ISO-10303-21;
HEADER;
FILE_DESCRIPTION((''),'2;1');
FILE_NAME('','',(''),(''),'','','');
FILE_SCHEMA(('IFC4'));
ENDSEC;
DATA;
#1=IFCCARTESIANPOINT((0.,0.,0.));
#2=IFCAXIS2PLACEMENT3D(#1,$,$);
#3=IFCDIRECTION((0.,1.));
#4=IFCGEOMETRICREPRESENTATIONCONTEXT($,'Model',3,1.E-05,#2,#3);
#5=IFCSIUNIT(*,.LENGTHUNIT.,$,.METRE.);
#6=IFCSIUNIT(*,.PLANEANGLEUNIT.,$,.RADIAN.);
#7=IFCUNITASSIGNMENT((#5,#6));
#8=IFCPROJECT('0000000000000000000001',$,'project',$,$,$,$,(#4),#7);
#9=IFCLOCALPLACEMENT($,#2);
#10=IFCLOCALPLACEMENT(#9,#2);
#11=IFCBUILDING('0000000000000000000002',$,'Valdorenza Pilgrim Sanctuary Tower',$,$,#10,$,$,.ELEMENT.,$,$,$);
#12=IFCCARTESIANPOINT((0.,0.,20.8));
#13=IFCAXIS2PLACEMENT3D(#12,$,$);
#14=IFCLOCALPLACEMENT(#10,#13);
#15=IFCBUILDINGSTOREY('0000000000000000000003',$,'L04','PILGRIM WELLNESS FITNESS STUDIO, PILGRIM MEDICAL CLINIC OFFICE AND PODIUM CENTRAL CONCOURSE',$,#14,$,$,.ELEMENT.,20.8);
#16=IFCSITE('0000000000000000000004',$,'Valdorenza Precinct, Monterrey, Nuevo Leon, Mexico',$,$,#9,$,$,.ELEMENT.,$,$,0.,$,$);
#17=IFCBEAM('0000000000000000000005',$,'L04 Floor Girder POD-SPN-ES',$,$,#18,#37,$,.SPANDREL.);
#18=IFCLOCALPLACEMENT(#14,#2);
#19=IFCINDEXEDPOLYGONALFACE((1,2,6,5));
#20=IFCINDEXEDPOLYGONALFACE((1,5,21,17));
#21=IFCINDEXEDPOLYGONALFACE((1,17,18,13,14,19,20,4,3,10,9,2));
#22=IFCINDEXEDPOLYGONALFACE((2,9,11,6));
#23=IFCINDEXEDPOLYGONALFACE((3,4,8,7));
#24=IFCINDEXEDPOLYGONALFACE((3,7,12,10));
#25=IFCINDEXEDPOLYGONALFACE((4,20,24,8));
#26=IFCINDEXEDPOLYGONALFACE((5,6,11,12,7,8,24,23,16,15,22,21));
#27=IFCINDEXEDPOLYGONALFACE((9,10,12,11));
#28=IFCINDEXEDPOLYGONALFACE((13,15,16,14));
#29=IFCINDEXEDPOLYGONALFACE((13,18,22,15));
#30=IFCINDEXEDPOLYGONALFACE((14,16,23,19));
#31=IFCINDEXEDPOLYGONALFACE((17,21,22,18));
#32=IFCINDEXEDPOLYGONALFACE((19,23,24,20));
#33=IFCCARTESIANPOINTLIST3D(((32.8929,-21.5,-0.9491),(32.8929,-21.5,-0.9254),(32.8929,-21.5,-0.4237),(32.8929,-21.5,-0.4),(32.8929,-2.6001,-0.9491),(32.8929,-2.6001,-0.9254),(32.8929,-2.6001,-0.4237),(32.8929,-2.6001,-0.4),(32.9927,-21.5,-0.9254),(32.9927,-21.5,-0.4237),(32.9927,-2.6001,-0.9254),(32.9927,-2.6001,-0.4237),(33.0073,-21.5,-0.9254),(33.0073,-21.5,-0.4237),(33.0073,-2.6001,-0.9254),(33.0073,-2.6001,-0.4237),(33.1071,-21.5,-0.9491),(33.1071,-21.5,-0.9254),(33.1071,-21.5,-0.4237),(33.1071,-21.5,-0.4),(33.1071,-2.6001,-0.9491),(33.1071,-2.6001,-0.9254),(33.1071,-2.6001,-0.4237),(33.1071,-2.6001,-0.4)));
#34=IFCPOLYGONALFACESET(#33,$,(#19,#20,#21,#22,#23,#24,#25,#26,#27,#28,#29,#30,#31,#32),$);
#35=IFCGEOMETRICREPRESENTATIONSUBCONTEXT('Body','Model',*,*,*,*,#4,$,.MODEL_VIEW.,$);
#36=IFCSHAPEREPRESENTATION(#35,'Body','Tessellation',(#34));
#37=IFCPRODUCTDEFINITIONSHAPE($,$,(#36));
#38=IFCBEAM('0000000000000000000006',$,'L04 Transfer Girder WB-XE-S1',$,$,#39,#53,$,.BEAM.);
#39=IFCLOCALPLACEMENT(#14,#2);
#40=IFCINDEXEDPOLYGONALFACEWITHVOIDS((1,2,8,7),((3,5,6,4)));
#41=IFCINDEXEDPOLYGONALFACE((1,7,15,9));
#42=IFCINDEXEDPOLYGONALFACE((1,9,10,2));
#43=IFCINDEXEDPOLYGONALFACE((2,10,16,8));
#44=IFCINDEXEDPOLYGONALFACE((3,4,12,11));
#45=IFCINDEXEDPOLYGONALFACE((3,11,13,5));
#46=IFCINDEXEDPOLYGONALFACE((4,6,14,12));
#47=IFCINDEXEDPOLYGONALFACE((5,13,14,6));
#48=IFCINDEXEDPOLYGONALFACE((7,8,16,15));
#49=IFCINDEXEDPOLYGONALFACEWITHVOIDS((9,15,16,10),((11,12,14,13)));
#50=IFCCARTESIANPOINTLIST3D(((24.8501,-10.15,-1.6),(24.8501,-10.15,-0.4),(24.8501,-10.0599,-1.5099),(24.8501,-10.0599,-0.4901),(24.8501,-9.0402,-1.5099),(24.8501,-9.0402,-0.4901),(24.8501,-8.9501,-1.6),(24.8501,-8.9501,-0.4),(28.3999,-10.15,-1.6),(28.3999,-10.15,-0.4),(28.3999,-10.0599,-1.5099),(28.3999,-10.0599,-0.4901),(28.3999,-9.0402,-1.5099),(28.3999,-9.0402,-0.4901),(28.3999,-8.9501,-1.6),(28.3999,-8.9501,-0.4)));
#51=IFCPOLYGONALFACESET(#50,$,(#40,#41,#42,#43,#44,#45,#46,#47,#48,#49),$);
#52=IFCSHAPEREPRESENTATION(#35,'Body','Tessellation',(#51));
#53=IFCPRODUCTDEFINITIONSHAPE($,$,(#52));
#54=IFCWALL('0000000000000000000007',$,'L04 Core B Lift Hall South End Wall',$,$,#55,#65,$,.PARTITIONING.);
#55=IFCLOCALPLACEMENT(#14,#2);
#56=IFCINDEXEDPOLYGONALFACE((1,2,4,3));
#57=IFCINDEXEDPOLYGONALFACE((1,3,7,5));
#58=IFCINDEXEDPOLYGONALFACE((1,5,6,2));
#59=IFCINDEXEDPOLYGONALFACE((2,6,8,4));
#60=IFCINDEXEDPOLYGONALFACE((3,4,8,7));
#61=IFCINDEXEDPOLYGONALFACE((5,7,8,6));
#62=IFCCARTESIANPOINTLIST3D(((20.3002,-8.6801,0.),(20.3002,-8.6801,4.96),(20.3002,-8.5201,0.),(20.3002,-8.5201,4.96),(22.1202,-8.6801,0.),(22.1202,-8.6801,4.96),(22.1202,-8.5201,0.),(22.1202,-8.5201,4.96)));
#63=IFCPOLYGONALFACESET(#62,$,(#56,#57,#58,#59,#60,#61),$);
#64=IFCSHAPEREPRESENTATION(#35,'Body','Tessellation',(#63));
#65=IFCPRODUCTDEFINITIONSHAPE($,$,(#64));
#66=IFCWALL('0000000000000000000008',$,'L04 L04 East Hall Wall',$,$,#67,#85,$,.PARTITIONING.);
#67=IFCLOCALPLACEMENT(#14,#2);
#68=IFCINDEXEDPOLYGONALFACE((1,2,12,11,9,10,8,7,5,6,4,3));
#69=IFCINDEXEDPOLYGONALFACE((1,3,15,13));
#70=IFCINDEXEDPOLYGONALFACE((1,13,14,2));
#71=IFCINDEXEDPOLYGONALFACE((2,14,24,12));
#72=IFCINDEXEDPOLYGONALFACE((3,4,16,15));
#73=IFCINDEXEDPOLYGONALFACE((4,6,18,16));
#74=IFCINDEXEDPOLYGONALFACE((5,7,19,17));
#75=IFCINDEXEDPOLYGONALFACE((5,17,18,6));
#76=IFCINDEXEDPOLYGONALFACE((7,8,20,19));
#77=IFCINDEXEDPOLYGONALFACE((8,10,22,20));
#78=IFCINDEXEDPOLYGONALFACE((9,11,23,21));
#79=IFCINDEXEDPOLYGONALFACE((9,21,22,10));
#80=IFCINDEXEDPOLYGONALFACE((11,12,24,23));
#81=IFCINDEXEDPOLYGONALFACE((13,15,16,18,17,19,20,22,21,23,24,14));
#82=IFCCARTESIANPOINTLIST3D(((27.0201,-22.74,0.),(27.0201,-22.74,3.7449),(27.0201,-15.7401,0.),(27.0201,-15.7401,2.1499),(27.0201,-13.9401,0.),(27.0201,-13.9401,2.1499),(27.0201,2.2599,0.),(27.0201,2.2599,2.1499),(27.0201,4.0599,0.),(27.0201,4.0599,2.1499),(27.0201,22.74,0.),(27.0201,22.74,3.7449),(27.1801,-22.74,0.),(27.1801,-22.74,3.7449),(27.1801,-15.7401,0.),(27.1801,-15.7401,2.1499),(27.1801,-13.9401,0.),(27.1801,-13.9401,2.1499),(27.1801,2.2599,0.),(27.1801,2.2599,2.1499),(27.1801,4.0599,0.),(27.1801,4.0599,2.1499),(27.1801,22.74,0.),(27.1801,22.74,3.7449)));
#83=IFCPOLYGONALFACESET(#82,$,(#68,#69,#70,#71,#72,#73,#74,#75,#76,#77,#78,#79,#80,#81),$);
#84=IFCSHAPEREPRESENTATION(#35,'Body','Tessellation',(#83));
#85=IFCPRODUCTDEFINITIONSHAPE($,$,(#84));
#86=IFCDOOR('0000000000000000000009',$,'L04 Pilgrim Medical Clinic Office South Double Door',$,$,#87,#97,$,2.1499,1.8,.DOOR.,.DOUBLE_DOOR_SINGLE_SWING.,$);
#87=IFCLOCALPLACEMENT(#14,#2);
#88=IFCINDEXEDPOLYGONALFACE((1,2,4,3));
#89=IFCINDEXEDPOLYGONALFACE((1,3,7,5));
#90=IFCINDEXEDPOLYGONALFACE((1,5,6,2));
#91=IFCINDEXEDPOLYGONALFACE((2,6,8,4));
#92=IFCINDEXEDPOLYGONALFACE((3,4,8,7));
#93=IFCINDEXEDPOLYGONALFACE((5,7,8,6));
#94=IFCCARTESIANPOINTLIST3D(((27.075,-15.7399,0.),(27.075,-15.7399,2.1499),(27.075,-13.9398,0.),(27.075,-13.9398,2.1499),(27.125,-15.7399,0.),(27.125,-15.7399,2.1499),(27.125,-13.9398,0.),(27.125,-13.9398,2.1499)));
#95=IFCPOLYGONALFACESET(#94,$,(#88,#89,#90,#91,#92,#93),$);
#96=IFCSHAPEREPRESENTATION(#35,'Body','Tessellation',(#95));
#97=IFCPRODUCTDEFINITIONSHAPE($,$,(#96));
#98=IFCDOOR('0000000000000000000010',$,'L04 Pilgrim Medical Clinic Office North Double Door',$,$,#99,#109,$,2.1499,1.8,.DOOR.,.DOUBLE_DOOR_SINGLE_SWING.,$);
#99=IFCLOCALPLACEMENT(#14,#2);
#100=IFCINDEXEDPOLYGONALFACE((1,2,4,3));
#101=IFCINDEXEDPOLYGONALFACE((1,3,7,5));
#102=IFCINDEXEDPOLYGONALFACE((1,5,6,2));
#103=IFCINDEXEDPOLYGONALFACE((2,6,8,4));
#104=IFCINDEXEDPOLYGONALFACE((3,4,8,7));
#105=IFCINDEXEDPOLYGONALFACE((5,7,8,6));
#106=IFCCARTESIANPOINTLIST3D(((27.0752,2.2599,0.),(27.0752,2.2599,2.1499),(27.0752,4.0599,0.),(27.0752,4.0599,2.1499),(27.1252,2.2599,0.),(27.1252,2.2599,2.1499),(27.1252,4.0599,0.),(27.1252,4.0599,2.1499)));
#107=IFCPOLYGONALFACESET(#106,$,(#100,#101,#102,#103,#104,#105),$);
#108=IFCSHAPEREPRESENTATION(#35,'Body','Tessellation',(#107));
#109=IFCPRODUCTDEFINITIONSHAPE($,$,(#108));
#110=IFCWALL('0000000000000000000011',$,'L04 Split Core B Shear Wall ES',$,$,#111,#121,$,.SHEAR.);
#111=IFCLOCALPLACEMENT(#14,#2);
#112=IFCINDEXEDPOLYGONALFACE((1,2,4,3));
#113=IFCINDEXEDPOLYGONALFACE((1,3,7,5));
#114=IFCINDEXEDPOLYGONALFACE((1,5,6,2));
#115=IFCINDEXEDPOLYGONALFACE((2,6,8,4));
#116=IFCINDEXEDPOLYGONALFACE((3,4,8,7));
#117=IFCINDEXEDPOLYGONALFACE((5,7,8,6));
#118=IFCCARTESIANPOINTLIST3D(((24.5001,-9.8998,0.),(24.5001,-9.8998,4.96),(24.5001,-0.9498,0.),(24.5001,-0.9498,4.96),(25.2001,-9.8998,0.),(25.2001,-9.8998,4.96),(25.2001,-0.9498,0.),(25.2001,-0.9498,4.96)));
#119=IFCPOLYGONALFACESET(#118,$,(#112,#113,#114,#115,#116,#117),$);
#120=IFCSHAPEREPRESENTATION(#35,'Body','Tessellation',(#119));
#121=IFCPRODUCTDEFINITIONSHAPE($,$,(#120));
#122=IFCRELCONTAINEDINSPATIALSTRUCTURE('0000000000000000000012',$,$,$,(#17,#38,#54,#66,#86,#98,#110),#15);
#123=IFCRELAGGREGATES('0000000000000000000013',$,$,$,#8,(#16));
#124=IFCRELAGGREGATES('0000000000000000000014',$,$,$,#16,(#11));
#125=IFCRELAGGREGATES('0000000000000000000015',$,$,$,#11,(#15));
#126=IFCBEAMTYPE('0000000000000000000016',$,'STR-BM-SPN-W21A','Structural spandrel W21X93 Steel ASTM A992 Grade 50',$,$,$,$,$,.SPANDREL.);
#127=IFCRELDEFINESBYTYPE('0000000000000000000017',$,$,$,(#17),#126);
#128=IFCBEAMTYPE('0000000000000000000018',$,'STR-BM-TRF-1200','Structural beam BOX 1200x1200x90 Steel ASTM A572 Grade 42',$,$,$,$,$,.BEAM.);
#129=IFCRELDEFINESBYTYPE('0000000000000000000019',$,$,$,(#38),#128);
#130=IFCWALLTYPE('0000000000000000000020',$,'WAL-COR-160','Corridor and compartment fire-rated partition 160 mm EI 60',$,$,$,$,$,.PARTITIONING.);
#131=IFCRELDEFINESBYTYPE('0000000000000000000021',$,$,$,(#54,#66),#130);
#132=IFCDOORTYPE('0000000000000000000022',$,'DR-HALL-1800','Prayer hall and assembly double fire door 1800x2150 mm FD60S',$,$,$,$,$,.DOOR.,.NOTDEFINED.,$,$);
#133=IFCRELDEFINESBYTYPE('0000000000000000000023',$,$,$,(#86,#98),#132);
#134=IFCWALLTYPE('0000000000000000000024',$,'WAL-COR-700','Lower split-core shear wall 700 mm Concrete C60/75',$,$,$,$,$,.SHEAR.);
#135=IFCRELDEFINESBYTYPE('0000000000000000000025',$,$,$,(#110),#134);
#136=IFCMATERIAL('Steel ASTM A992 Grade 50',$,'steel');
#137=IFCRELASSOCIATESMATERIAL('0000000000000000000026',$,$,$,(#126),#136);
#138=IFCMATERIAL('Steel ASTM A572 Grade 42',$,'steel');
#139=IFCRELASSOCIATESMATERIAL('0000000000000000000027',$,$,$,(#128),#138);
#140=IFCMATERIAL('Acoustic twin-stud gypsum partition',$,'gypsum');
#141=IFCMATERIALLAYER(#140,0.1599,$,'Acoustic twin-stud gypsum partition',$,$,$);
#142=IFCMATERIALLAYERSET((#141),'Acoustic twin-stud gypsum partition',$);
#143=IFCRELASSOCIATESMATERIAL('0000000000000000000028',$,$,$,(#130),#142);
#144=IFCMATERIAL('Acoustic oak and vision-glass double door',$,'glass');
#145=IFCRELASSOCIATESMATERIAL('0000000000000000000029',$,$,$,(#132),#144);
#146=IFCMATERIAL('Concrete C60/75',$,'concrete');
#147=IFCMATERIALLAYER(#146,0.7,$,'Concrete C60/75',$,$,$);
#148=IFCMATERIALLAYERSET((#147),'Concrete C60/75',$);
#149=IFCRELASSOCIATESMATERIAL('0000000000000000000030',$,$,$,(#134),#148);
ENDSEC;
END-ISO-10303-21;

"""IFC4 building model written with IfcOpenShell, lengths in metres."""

from ifc_helpers import new_model, si_unit, direction, frame, frame_2d, origin, origin_2d, place, context, subcontext, project, spatial, rectangle, hollow_rectangle, i_section, extrude, source, transform, mapped, material, layer, layer_set, material_profile, profile_set, type_object, element, fill, save


model = new_model("IFC4")

# Units and contexts
model_context = context("Model", 3, precision=1e-05, world=origin(), true_north=direction((0.0, 1.0)))
body_context = subcontext(model_context, "Body", "Model", "MODEL_VIEW")
ifc_project = project(units=[si_unit("LENGTHUNIT", "METRE"), si_unit("PLANEANGLEUNIT", "RADIAN")], contexts=[model_context])

# Site, building, storey
site_placement = place(None, origin())
site = spatial("IfcSite", under=ifc_project, at=site_placement, Name="Valdorenza Precinct, Monterrey, Nuevo Leon, Mexico", CompositionType="ELEMENT", RefElevation=0.0)
building_placement = place(site_placement, origin())
building = spatial("IfcBuilding", under=site, at=building_placement, Name="Valdorenza Pilgrim Sanctuary Tower", CompositionType="ELEMENT")
storey_placement = place(building_placement, frame((0.0, 0.0, 20.8)))
storey = spatial("IfcBuildingStorey", under=building, at=storey_placement, Name="L04", Description="PILGRIM WELLNESS FITNESS STUDIO, PILGRIM MEDICAL CLINIC OFFICE AND PODIUM CENTRAL CONCOURSE", CompositionType="ELEMENT", Elevation=20.8)

# Shared definitions
ifc_material_1 = material(Name="Concrete C60/75", Category="concrete")

# Beams
ifc_material_2 = material(Name="Steel ASTM A992 Grade 50", Category="steel")
ifc_material_profile_1 = material_profile(ifc_material_2, i_section(OverallWidth=0.2141, OverallDepth=0.5491, WebThickness=0.0146, FlangeThickness=0.0237, at=origin_2d()), Name="W21X93")
ifc_profile_set_1 = profile_set([ifc_material_profile_1], Name="Steel ASTM A992 Grade 50")
beam_type_1 = type_object("IfcBeamType", Name="STR-BM-SPN-W21A", Description="Structural spandrel W21X93 Steel ASTM A992 Grade 50", PredefinedType="SPANDREL", material=ifc_profile_set_1)
shared_shape_1 = source(origin(), body_context, "Body", "SweptSolid", [
    extrude(i_section(OverallWidth=0.2141, OverallDepth=0.5491, WebThickness=0.0146, FlangeThickness=0.0237, at=origin_2d()), origin(), (0.0, 0.0, 1.0), 18.8999),
])
beam_1_placement = place(storey_placement, frame((33.0, -21.5, -0.6746), z_axis=(0.0, 1.0, 0.0), x_axis=(-1.0, 0.0, 0.0)))
element("IfcBeam", 1, at=beam_1_placement, inside=storey, type_object=beam_type_1, Name="L04 Floor Girder POD-SPN-ES", PredefinedType="SPANDREL", context=body_context, shape_type="MappedRepresentation", body=[
    mapped(shared_shape_1, transform((0.0, 0.0, 0.0), x_axis=(1.0, 0.0, 0.0), y_axis=(0.0, 1.0, 0.0), z_axis=(0.0, 0.0, 1.0), scale=1.0)),
])
ifc_material_3 = material(Name="Steel ASTM A572 Grade 42", Category="steel")
ifc_material_profile_2 = material_profile(ifc_material_3, hollow_rectangle(XDim=1.2, YDim=1.2, WallThickness=0.0901, at=origin_2d()), Name="BOX 1200x1200x90")
ifc_profile_set_2 = profile_set([ifc_material_profile_2], Name="Steel ASTM A572 Grade 42")
beam_type_2 = type_object("IfcBeamType", Name="STR-BM-TRF-1200", Description="Structural beam BOX 1200x1200x90 Steel ASTM A572 Grade 42", PredefinedType="BEAM", material=ifc_profile_set_2)
shared_shape_2 = source(origin(), body_context, "Body", "SweptSolid", [
    extrude(hollow_rectangle(XDim=1.2, YDim=1.2, WallThickness=0.0901, at=origin_2d()), origin(), (0.0, 0.0, 1.0), 3.5498),
])
beam_2_placement = place(storey_placement, frame((24.8501, -9.55, -1.0), z_axis=(1.0, 0.0, 0.0), x_axis=(0.0, 1.0, 0.0)))
element("IfcBeam", 2, at=beam_2_placement, inside=storey, type_object=beam_type_2, Name="L04 Transfer Girder WB-XE-S1", PredefinedType="BEAM", context=body_context, shape_type="MappedRepresentation", body=[
    mapped(shared_shape_2, transform((0.0, 0.0, 0.0), x_axis=(1.0, 0.0, 0.0), y_axis=(0.0, 1.0, 0.0), z_axis=(0.0, 0.0, 1.0), scale=1.0)),
])

# Wall
ifc_material_4 = material(Name="Acoustic twin-stud gypsum partition", Category="gypsum")
ifc_layer_1 = layer(ifc_material_4, 0.1599, Name="Acoustic twin-stud gypsum partition")
ifc_layer_set_1 = layer_set([ifc_layer_1], Name="Acoustic twin-stud gypsum partition")
wall_type_1 = type_object("IfcWallType", Name="WAL-COR-160", Description="Corridor and compartment fire-rated partition 160 mm EI 60", PredefinedType="PARTITIONING", material=ifc_layer_set_1)
wall_1_placement = place(storey_placement, frame((20.3, -8.6001, 0.0), z_axis=(0.0, 0.0, 1.0), x_axis=(1.0, 0.0, 0.0)))
element("IfcWall", 3, at=wall_1_placement, inside=storey, type_object=wall_type_1, Name="L04 Core B Lift Hall South End Wall", PredefinedType="PARTITIONING", context=body_context, shape_type="SweptSolid", body=[
    extrude(rectangle(XDim=1.8201, YDim=0.1599, at=frame_2d((0.9102, 0.0))), origin(), (0.0, 0.0, 1.0), 4.96),
])

# Wall, openings, doors
wall_2_placement = place(storey_placement, frame((27.1001, -22.74, 0.0), z_axis=(0.0, 0.0, 1.0), x_axis=(0.0, 1.0, 0.0)))
wall_2 = element("IfcWall", 4, at=wall_2_placement, inside=storey, type_object=wall_type_1, Name="L04 L04 East Hall Wall", PredefinedType="PARTITIONING", context=body_context, shape_type="SweptSolid", body=[
    extrude(rectangle(XDim=45.48, YDim=0.1599, at=frame_2d((22.74, 0.0))), origin(), (0.0, 0.0, 1.0), 3.7449),
])
opening_1_placement = place(wall_2_placement, frame((7.0, 0.0, 0.0)))
opening_1 = element("IfcOpeningElement", 5, at=opening_1_placement, cuts=wall_2, PredefinedType="OPENING", context=body_context, shape_type="SweptSolid", body=[
    extrude(rectangle(XDim=1.8, YDim=2.1499, at=frame_2d((0.8999, 1.075))), frame((0.0, 0.0947, 0.0), z_axis=(0.0, -1.0, 0.0), x_axis=(1.0, 0.0, 0.0)), (0.0, 0.0, 1.0), 0.1897),
])
opening_2_placement = place(wall_2_placement, frame((25.0, 0.0, 0.0)))
opening_2 = element("IfcOpeningElement", 6, at=opening_2_placement, cuts=wall_2, PredefinedType="OPENING", context=body_context, shape_type="SweptSolid", body=[
    extrude(rectangle(XDim=1.8, YDim=2.1499, at=frame_2d((0.8999, 1.075))), frame((0.0, 0.0947, 0.0), z_axis=(0.0, -1.0, 0.0), x_axis=(1.0, 0.0, 0.0)), (0.0, 0.0, 1.0), 0.1897),
])
ifc_material_5 = material(Name="Acoustic oak and vision-glass double door", Category="glass")
door_type_1 = type_object("IfcDoorType", Name="DR-HALL-1800", Description="Prayer hall and assembly double fire door 1800x2150 mm FD60S", OperationType="NOTDEFINED", PredefinedType="DOOR", material=ifc_material_5)
door_1_placement = place(opening_1_placement, frame((1.8, 0.0, 0.0), z_axis=(0.0, 0.0, 1.0), x_axis=(-1.0, 0.0, 0.0)))
door_1 = element("IfcDoor", 7, at=door_1_placement, inside=storey, type_object=door_type_1, Name="L04 Pilgrim Medical Clinic Office South Double Door", OperationType="DOUBLE_DOOR_SINGLE_SWING", OverallHeight=2.1499, OverallWidth=1.8, PredefinedType="DOOR", context=body_context, shape_type="SweptSolid", body=[
    extrude(rectangle(XDim=1.8, YDim=2.1499, at=frame_2d((0.8999, 1.075))), frame((0.0, 0.0249, 0.0), z_axis=(0.0, -1.0, 0.0), x_axis=(1.0, 0.0, 0.0)), (0.0, 0.0, 1.0), 0.05),
])
fill(opening_1, door_1)
door_2_placement = place(opening_2_placement, origin())
door_2 = element("IfcDoor", 8, at=door_2_placement, inside=storey, type_object=door_type_1, Name="L04 Pilgrim Medical Clinic Office North Double Door", OperationType="DOUBLE_DOOR_SINGLE_SWING", OverallHeight=2.1499, OverallWidth=1.8, PredefinedType="DOOR", context=body_context, shape_type="SweptSolid", body=[
    extrude(rectangle(XDim=1.8, YDim=2.1499, at=frame_2d((0.8999, 1.075))), frame((0.0, 0.0249, 0.0), z_axis=(0.0, -1.0, 0.0), x_axis=(1.0, 0.0, 0.0)), (0.0, 0.0, 1.0), 0.05),
])
fill(opening_2, door_2)

# Wall
ifc_layer_2 = layer(ifc_material_1, 0.7, Name="Concrete C60/75")
ifc_layer_set_2 = layer_set([ifc_layer_2], Name="Concrete C60/75")
wall_type_2 = type_object("IfcWallType", Name="WAL-COR-700", Description="Lower split-core shear wall 700 mm Concrete C60/75", PredefinedType="SHEAR", material=ifc_layer_set_2)
wall_3_placement = place(storey_placement, frame((24.8501, -9.8999, 0.0), z_axis=(0.0, 0.0, 1.0), x_axis=(0.0, 1.0, 0.0)))
element("IfcWall", 9, at=wall_3_placement, inside=storey, type_object=wall_type_2, Name="L04 Split Core B Shear Wall ES", PredefinedType="SHEAR", context=body_context, shape_type="SweptSolid", body=[
    extrude(rectangle(XDim=8.95, YDim=0.7, at=frame_2d((4.4751, 0.0))), origin(), (0.0, 0.0, 1.0), 4.96),
])

save(model, "model.ifc")
